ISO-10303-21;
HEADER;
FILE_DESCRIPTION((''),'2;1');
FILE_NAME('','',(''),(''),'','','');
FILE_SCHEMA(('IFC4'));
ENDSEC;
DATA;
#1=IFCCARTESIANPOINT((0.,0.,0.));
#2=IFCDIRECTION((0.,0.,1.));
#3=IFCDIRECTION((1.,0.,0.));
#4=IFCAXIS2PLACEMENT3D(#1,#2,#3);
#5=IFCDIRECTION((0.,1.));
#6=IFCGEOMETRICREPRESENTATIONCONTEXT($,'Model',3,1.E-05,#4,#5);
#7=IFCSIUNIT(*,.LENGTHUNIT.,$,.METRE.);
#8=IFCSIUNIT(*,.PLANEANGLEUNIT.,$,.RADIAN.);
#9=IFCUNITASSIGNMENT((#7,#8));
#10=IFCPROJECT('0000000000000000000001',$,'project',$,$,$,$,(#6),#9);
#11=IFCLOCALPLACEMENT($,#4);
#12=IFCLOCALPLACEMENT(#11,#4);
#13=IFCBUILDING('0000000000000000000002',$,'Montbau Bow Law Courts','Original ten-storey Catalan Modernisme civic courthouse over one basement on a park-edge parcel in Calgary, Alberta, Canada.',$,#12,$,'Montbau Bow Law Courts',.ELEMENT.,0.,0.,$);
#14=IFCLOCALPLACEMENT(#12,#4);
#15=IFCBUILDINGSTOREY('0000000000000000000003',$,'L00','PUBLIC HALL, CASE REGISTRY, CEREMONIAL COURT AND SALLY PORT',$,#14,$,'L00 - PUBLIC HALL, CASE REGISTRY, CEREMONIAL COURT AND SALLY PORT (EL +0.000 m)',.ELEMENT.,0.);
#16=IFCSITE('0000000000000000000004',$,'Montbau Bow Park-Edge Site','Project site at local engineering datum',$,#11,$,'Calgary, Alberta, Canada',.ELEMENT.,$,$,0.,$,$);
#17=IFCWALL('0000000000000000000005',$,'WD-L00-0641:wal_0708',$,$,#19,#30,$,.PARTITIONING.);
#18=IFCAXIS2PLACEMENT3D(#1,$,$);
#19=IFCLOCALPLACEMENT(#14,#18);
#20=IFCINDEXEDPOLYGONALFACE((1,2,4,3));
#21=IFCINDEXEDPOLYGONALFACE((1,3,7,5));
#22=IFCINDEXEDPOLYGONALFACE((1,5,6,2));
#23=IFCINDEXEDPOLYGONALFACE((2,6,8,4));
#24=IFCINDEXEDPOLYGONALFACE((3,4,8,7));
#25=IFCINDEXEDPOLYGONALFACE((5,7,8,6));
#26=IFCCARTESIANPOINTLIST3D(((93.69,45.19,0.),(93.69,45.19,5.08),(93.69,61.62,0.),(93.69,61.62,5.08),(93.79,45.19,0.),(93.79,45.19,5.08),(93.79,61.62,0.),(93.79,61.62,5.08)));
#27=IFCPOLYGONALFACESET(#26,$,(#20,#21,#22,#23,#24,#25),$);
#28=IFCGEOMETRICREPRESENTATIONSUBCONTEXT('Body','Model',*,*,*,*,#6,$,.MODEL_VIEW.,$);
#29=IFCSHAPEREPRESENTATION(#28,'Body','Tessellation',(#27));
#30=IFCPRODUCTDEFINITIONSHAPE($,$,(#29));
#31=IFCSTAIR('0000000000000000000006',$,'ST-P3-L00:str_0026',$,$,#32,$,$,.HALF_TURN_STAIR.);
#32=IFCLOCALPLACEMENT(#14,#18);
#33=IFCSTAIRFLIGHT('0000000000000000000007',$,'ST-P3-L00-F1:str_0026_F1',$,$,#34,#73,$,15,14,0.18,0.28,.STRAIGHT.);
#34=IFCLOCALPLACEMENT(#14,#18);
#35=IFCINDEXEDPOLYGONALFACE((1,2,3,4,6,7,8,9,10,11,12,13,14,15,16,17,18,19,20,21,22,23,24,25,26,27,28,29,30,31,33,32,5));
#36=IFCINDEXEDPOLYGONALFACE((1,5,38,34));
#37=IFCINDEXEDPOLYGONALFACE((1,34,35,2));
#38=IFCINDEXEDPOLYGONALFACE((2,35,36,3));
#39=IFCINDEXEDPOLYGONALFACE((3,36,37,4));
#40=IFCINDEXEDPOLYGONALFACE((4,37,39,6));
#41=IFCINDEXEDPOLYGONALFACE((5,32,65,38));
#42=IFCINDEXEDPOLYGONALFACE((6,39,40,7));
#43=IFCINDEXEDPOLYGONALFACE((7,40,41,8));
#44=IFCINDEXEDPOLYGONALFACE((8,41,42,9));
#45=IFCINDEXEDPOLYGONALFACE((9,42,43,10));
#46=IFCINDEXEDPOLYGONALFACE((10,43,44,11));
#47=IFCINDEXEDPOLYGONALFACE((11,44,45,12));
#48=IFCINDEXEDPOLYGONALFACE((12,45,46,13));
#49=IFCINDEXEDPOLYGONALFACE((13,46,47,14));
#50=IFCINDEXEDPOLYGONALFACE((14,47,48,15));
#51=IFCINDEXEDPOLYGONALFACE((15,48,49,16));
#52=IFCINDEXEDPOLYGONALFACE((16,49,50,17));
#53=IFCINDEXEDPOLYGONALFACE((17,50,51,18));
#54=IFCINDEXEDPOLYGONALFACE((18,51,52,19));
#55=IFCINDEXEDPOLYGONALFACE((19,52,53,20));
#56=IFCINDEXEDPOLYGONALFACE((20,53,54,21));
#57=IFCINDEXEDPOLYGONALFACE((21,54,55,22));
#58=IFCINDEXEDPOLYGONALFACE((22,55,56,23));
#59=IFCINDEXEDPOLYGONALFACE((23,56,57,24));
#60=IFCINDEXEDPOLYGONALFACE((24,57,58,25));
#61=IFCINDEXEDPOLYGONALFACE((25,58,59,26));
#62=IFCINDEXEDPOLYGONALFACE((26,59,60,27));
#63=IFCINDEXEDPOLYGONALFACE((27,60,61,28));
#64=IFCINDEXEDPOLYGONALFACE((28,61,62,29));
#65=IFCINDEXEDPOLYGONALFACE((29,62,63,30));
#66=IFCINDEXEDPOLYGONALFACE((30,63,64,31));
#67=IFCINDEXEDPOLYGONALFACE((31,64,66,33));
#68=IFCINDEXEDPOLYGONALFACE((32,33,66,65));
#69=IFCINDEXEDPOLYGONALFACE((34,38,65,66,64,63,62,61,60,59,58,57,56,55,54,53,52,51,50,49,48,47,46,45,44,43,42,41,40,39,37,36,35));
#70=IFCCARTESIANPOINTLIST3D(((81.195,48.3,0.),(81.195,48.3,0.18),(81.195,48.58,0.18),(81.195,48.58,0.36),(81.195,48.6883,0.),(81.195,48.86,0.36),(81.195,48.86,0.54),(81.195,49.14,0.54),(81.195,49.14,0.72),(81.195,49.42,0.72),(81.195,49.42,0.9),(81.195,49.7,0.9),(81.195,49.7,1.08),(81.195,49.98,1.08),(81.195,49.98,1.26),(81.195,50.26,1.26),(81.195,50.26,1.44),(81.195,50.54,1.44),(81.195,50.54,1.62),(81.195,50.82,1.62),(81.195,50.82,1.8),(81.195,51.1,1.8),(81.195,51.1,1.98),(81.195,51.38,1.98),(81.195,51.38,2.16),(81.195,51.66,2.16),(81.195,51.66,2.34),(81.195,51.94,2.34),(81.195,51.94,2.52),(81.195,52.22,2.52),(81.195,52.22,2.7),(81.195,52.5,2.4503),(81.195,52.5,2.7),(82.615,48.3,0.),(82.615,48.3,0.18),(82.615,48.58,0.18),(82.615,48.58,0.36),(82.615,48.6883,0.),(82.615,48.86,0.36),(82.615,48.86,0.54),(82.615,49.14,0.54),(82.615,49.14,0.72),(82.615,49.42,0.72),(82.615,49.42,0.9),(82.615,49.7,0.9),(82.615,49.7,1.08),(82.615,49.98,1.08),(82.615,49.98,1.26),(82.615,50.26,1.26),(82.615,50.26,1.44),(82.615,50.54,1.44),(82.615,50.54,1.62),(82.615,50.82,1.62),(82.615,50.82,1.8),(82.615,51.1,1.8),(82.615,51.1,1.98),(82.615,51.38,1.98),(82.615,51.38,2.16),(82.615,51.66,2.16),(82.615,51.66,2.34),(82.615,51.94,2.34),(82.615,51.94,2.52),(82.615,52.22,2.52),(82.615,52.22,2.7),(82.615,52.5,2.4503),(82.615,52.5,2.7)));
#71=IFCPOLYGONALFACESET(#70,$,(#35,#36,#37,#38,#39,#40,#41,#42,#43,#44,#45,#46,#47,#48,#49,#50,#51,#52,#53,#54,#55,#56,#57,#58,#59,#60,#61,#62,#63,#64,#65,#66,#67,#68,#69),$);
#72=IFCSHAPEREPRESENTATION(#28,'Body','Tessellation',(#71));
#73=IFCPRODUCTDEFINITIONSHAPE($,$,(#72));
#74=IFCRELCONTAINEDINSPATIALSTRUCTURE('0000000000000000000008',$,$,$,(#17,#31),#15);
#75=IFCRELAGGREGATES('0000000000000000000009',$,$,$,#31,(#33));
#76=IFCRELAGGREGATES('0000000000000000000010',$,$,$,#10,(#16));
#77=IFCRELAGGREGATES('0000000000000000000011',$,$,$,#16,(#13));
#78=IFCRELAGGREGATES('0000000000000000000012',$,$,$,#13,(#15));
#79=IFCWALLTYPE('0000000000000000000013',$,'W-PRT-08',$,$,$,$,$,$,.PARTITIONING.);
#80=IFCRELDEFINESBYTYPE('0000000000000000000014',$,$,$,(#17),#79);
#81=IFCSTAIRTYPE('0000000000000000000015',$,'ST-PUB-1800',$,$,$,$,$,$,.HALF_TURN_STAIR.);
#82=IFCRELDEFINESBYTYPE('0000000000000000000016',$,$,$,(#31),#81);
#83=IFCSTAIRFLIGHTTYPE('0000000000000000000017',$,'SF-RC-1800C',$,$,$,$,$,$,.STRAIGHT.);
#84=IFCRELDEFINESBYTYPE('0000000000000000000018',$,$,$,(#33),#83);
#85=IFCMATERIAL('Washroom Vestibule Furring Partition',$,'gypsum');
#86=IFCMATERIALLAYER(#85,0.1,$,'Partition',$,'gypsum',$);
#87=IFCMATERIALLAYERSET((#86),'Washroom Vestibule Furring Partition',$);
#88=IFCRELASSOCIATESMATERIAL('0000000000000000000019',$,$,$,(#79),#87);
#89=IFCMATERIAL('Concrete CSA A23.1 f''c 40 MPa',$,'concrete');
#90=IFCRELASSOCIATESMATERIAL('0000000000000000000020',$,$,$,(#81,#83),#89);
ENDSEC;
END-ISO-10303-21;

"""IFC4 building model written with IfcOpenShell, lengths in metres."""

from ifc_helpers import new_model, si_unit, direction, frame, frame_2d, origin_with_axes, place, context, subcontext, project, spatial, polyline, rectangle, outline, extrude, material, layer, layer_set, type_object, element, aggregate, save


model = new_model("IFC4")

# Units and contexts
model_context = context("Model", 3, precision=1e-05, world=origin_with_axes(), true_north=direction((0.0, 1.0)))
body_context = subcontext(model_context, "Body", "Model", "MODEL_VIEW")
ifc_project = project(units=[si_unit("LENGTHUNIT", "METRE"), si_unit("PLANEANGLEUNIT", "RADIAN")], contexts=[model_context])

# Site, building, storey
site_placement = place(None, origin_with_axes())
site = spatial("IfcSite", under=ifc_project, at=site_placement, Name="Montbau Bow Park-Edge Site", Description="Project site at local engineering datum", LongName="Calgary, Alberta, Canada", CompositionType="ELEMENT", RefElevation=0.0)
building_placement = place(site_placement, origin_with_axes())
building = spatial("IfcBuilding", under=site, at=building_placement, Name="Montbau Bow Law Courts", Description="Original ten-storey Catalan Modernisme civic courthouse over one basement on a park-edge parcel in Calgary, Alberta, Canada.", LongName="Montbau Bow Law Courts", CompositionType="ELEMENT", ElevationOfRefHeight=0.0, ElevationOfTerrain=0.0)
storey_placement = place(building_placement, origin_with_axes())
storey = spatial("IfcBuildingStorey", under=building, at=storey_placement, Name="L00", Description="PUBLIC HALL, CASE REGISTRY, CEREMONIAL COURT AND SALLY PORT", LongName="L00 - PUBLIC HALL, CASE REGISTRY, CEREMONIAL COURT AND SALLY PORT (EL +0.000 m)", CompositionType="ELEMENT", Elevation=0.0)

# Wall
ifc_material_1 = material(Name="Washroom Vestibule Furring Partition", Category="gypsum")
ifc_layer_1 = layer(ifc_material_1, 0.1, Name="Partition", Category="gypsum")
ifc_layer_set_1 = layer_set([ifc_layer_1], Name="Washroom Vestibule Furring Partition")
wall_type_1 = type_object("IfcWallType", Name="W-PRT-08", PredefinedType="PARTITIONING", material=ifc_layer_set_1)
wall_1_placement = place(None, frame((93.74, 45.19, 0.0), z_axis=(0.0, 0.0, 1.0), x_axis=(0.0, 1.0, 0.0)))
element("IfcWall", 1, at=wall_1_placement, inside=storey, type_object=wall_type_1, Name="WD-L00-0641:wal_0708", PredefinedType="PARTITIONING", context=body_context, shape_type="SweptSolid", body=[
    extrude(rectangle(XDim=16.43, YDim=0.1, at=frame_2d((8.215, 0.0), x_axis=(1.0, 0.0))), origin_with_axes(), (0.0, 0.0, 1.0), 5.08),
])

# Stair, stair flight
ifc_material_2 = material(Name="Concrete CSA A23.1 f'c 40 MPa", Category="concrete")
stair_type = type_object("IfcStairType", Name="ST-PUB-1800", PredefinedType="HALF_TURN_STAIR", material=ifc_material_2)
stair_placement = place(None, frame((81.905, 48.3, 0.0), z_axis=(0.0, 0.0, 1.0), x_axis=(1.0, 0.0, 0.0)))
stair = element("IfcStair", 2, at=stair_placement, inside=storey, type_object=stair_type, Name="ST-P3-L00:str_0026", PredefinedType="HALF_TURN_STAIR")
stair_flight_type = type_object("IfcStairFlightType", Name="SF-RC-1800C", PredefinedType="STRAIGHT", material=ifc_material_2)
stair_flight_placement = place(None, frame((81.905, 48.3, 0.0), z_axis=(0.0, 0.0, 1.0), x_axis=(0.0, 1.0, 0.0)))
stair_flight = element("IfcStairFlight", 3, at=stair_flight_placement, type_object=stair_flight_type, Name="ST-P3-L00-F1:str_0026_F1", NumberOfRisers=15, NumberOfTreads=14, PredefinedType="STRAIGHT", RiserHeight=0.18, TreadLength=0.28, context=body_context, shape_type="SweptSolid", body=[
    extrude(outline(polyline([(0.0, 0.0), (0.0, 0.18), (0.28, 0.18), (0.28, 0.36), (0.56, 0.36), (0.56, 0.54), (0.84, 0.54), (0.84, 0.72), (1.12, 0.72), (1.12, 0.9), (1.4, 0.9), (1.4, 1.08), (1.68, 1.08), (1.68, 1.26), (1.96, 1.26), (1.96, 1.44), (2.24, 1.44), (2.24, 1.62), (2.52, 1.62), (2.52, 1.8), (2.8, 1.8), (2.8, 1.98), (3.08, 1.98), (3.08, 2.16), (3.36, 2.16), (3.36, 2.34), (3.64, 2.34), (3.64, 2.52), (3.92, 2.52), (3.92, 2.7), (4.2, 2.7), (4.2, 2.4503), (0.3883, 0.0), (0.0, 0.0)])), frame((0.0, 0.71, 0.0), z_axis=(0.0, -1.0, 0.0), x_axis=(1.0, 0.0, 0.0)), (0.0, 0.0, 1.0), 1.42),
])
aggregate(stair, [stair_flight])

save(model, "model.ifc")
